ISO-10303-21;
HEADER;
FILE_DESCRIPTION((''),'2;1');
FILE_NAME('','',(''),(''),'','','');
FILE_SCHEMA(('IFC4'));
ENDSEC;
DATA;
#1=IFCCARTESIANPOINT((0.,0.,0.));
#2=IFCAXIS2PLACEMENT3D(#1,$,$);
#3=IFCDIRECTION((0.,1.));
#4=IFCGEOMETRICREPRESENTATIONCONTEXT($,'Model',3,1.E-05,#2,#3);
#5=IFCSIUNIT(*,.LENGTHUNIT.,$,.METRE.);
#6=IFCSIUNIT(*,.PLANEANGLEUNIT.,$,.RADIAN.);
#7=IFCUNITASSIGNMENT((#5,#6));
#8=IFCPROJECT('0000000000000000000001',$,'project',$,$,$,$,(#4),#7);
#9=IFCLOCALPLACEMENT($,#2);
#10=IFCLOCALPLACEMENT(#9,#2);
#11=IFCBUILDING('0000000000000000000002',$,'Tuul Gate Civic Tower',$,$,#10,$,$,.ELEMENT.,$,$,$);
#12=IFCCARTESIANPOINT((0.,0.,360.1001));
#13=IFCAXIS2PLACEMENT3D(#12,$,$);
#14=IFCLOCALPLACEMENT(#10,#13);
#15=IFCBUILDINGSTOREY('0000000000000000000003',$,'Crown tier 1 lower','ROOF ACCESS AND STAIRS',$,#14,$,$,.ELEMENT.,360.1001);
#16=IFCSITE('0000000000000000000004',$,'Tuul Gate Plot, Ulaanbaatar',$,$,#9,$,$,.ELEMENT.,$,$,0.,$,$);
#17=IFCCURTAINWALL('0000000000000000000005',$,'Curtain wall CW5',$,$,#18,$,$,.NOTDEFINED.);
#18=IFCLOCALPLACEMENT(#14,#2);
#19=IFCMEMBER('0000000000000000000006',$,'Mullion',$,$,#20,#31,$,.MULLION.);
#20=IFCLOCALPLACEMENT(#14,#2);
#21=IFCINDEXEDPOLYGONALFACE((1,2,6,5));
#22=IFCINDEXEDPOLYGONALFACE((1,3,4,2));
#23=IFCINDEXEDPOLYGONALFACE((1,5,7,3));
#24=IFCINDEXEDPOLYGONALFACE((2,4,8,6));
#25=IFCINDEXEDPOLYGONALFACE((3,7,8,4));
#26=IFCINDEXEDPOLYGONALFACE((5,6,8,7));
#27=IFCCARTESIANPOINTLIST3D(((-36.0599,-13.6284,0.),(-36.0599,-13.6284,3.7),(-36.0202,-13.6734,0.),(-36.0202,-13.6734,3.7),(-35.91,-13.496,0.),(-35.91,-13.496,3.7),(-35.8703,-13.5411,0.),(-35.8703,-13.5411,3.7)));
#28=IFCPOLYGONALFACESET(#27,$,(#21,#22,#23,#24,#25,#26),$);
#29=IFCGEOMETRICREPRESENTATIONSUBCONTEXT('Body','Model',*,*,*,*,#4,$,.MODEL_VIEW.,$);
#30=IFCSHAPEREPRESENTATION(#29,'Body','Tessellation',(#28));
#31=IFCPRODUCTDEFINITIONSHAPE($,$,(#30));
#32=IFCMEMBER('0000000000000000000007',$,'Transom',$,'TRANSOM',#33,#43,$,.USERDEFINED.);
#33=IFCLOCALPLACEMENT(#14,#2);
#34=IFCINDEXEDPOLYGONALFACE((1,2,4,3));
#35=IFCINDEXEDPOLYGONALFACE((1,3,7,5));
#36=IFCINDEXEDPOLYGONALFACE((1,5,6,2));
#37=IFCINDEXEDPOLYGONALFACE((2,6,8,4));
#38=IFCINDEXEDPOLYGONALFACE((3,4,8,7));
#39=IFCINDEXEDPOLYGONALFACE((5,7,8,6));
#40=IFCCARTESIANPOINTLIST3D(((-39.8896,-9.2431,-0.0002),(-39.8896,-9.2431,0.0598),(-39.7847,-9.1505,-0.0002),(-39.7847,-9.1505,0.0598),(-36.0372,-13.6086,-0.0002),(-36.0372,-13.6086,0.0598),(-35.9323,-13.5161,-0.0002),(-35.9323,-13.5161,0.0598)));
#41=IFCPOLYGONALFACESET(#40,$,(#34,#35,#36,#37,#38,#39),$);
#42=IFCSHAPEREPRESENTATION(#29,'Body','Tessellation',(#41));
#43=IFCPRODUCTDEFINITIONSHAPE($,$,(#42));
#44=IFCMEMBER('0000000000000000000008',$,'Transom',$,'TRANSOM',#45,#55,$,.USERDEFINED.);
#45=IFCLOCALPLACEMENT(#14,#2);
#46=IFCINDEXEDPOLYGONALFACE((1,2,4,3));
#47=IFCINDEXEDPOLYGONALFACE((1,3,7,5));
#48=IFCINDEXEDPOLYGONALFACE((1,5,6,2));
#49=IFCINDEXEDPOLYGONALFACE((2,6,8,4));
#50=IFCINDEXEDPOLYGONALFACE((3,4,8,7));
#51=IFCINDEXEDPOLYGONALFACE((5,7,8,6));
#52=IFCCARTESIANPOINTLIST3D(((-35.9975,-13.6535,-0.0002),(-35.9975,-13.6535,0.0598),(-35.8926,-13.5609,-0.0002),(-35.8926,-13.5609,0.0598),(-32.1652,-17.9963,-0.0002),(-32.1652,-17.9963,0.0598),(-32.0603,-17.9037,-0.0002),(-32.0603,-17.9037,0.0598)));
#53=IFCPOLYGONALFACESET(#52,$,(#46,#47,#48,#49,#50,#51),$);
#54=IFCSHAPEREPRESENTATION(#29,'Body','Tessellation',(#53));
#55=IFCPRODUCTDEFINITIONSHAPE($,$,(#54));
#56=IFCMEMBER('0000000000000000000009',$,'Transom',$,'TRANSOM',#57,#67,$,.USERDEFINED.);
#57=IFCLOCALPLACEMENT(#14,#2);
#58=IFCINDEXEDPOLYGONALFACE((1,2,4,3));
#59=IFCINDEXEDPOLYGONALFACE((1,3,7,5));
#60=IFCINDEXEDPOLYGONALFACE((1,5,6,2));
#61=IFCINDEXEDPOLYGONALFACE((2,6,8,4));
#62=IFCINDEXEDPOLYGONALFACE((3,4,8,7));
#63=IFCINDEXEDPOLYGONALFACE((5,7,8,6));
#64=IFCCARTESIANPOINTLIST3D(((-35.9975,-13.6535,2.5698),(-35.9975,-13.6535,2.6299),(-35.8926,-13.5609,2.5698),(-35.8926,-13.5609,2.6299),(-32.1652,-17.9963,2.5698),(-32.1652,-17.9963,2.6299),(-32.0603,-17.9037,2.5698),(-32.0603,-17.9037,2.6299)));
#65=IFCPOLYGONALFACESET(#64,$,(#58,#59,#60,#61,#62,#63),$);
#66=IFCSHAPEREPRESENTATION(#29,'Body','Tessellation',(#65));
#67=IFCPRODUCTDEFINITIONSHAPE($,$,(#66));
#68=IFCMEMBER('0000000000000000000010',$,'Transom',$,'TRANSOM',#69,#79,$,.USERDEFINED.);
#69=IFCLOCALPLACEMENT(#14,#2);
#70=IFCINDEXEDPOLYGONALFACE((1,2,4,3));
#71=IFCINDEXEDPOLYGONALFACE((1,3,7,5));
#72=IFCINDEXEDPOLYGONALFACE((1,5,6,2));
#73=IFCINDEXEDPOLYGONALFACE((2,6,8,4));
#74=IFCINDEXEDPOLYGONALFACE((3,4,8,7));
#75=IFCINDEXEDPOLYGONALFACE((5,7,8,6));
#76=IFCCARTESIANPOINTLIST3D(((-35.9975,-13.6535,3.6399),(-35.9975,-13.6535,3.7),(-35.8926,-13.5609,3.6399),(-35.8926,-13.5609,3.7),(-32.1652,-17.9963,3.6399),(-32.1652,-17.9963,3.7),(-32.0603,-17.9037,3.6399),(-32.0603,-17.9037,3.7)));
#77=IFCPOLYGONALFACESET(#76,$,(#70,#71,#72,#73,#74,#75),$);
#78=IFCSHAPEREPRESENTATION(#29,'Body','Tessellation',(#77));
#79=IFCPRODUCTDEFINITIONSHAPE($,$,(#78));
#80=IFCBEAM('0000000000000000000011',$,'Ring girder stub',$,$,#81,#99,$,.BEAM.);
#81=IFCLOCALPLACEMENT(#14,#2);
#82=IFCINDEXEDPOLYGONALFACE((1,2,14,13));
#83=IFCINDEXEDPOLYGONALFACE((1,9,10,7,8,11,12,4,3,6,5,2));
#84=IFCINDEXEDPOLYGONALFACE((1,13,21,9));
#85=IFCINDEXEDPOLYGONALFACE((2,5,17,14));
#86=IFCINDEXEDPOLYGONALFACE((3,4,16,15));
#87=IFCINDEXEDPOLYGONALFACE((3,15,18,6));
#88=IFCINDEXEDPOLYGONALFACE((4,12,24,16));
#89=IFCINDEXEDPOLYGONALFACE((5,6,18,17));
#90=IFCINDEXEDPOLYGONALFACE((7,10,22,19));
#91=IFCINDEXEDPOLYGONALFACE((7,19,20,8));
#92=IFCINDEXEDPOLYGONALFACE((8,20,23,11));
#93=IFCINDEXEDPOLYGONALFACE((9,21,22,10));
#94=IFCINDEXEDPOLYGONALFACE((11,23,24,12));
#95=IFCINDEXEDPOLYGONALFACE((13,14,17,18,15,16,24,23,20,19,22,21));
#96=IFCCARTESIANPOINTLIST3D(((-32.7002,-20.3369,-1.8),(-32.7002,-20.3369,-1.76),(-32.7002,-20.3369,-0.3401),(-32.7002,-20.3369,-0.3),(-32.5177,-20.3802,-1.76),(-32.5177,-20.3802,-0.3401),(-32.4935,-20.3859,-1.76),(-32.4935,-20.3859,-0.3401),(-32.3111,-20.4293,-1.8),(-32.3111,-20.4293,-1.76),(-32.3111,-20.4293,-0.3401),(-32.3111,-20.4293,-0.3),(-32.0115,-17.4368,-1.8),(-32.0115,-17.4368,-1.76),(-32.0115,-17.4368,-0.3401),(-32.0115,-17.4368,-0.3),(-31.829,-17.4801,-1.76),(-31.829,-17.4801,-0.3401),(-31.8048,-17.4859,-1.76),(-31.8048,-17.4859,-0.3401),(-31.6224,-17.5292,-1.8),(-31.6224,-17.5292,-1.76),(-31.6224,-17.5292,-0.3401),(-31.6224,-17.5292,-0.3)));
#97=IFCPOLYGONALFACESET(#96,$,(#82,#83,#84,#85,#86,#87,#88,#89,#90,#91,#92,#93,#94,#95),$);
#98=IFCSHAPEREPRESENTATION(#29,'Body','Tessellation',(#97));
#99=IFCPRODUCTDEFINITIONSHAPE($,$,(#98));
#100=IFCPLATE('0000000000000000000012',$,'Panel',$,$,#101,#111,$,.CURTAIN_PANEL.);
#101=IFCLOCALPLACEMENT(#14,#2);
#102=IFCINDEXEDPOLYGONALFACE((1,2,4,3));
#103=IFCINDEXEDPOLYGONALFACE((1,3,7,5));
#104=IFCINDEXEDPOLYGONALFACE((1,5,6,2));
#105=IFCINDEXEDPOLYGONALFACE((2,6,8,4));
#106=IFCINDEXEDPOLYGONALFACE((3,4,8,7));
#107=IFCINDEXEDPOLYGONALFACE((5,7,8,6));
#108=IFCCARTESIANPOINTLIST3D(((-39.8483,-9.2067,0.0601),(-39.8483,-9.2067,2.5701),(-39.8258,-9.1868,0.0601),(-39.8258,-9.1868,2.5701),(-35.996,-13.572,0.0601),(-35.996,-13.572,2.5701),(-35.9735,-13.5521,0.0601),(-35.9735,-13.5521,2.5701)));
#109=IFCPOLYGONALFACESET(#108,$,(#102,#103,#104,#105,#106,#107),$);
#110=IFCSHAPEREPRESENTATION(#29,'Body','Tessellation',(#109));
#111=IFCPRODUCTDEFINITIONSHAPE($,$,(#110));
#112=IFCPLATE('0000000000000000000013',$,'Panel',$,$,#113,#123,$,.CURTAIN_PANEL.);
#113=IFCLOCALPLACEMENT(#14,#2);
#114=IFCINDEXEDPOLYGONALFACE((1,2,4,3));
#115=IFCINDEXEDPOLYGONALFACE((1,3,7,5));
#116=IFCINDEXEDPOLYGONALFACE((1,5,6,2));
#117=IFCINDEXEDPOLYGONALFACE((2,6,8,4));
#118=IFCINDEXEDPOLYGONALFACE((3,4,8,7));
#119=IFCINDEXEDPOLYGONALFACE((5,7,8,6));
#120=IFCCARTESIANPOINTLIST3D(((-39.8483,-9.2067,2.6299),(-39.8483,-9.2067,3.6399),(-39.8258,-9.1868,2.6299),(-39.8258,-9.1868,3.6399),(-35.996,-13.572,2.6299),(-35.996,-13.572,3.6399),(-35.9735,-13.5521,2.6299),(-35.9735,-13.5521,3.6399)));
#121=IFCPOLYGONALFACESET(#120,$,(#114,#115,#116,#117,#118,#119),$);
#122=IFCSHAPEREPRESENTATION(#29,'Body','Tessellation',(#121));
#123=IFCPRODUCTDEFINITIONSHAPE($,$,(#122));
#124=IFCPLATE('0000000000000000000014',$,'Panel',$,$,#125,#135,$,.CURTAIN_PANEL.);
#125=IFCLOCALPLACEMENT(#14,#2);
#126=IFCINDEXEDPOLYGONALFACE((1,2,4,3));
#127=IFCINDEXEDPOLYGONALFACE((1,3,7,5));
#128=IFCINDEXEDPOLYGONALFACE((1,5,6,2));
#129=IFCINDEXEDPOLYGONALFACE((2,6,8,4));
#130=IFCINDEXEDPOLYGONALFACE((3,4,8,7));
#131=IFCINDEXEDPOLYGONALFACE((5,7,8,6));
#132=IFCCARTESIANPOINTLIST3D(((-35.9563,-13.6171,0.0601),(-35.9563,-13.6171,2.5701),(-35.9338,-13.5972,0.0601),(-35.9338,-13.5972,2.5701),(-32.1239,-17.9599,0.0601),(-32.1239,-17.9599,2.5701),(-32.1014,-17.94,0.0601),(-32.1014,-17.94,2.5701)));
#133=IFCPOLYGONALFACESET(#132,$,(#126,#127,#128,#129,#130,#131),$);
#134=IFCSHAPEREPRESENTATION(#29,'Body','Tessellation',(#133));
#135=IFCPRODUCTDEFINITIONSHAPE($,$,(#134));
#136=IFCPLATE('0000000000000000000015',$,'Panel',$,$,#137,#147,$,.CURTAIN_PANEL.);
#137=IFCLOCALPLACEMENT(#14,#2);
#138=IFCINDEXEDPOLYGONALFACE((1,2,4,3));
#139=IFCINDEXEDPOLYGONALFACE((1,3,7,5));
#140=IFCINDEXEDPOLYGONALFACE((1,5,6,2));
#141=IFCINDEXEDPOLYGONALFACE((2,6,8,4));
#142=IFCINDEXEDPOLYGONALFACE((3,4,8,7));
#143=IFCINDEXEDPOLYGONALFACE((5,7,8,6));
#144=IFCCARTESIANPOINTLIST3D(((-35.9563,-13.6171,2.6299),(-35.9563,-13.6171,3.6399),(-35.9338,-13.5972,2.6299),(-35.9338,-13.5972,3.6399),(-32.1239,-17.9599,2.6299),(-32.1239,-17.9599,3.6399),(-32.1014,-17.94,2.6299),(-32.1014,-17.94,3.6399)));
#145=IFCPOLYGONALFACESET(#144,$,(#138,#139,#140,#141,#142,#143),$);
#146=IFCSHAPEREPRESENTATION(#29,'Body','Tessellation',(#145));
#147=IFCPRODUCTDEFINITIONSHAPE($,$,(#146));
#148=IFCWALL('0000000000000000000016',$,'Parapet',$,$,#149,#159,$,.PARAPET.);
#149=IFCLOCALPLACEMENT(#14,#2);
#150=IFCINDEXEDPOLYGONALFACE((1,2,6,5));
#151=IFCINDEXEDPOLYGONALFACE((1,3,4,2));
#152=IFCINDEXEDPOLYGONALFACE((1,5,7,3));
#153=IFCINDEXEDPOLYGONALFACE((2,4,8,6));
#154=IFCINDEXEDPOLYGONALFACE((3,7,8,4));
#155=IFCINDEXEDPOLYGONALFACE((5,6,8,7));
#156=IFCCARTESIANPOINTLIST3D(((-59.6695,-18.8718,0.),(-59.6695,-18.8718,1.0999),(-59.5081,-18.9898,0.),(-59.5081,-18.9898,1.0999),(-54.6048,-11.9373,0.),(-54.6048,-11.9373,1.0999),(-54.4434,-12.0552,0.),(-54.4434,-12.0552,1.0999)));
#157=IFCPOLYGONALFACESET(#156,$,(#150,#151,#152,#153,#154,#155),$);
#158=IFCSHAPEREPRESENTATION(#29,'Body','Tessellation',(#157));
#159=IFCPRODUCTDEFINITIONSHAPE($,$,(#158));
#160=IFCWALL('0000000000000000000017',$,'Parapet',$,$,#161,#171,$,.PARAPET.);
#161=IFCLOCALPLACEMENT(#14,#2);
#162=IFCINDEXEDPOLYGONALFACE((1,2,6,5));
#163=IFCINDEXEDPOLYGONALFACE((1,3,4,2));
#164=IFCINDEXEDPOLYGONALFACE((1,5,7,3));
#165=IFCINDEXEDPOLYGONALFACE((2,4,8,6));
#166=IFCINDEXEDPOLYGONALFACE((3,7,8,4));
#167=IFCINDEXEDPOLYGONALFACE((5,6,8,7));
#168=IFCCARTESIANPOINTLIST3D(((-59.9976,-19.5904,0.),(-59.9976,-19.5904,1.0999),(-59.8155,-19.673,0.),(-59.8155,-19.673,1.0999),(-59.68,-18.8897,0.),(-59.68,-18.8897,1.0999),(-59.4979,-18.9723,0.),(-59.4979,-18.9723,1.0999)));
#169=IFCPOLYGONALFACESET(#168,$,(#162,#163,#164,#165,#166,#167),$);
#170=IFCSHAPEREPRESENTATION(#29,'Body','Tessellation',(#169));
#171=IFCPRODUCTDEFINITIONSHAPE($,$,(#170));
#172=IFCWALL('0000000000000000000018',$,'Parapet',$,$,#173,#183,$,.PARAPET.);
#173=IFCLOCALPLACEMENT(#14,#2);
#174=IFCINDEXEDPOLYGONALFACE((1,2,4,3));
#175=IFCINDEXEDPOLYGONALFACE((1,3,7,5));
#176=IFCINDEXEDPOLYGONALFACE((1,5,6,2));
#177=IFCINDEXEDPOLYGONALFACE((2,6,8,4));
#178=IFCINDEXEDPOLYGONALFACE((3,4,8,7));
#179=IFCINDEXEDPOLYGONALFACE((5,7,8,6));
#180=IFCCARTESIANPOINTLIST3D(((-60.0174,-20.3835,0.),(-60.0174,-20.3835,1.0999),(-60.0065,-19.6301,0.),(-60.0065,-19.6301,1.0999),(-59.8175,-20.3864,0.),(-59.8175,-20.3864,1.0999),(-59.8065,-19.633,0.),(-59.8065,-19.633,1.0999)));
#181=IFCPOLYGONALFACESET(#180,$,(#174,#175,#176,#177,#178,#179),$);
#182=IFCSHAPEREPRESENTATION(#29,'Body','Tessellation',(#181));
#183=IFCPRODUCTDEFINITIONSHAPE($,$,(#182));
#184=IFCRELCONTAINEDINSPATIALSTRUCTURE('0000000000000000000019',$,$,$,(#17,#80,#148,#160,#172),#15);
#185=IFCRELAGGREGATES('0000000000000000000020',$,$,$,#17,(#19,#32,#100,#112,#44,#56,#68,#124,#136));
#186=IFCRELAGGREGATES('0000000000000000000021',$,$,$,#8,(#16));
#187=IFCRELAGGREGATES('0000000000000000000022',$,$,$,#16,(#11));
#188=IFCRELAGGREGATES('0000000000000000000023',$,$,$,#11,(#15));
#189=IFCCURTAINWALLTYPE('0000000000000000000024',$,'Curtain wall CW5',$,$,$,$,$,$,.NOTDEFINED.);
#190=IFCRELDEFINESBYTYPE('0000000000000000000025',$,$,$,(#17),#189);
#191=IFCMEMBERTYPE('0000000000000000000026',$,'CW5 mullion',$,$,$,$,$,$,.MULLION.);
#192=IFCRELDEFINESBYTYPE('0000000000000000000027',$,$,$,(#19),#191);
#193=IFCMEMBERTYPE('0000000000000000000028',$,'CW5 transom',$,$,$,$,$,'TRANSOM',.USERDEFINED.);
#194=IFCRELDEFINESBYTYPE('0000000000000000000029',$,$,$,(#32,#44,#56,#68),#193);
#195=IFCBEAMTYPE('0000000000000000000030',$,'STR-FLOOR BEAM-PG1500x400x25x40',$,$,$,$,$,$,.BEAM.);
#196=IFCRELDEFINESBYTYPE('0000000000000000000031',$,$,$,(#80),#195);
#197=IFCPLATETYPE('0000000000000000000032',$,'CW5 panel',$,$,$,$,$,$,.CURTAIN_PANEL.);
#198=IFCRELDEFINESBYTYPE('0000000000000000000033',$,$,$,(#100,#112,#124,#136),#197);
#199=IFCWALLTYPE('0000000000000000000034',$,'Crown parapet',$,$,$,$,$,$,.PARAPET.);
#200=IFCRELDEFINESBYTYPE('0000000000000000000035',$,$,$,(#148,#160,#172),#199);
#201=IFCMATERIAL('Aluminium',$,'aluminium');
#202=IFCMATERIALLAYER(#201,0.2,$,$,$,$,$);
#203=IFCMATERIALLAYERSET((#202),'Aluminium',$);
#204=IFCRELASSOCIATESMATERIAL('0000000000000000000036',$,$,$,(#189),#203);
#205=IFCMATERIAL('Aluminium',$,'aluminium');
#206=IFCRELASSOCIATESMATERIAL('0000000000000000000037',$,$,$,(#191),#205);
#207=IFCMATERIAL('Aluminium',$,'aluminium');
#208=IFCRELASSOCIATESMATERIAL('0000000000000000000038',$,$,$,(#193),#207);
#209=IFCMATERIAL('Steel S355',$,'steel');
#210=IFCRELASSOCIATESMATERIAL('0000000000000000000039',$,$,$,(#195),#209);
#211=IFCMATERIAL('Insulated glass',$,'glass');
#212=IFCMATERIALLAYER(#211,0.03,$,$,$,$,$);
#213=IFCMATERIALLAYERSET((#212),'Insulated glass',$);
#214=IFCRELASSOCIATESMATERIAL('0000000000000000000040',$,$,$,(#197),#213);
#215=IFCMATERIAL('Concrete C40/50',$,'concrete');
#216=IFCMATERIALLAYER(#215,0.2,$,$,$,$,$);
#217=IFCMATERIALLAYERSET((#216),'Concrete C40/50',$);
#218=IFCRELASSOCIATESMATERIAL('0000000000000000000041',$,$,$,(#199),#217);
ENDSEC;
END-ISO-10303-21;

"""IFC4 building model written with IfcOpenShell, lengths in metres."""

from ifc_helpers import new_model, si_unit, direction, frame, frame_2d, origin, origin_2d, place, context, subcontext, project, spatial, rectangle, i_section, extrude, material, layer, layer_set, material_profile, profile_set, type_object, element, aggregate, save


model = new_model("IFC4")

# Units and contexts
model_context = context("Model", 3, precision=1e-05, world=origin(), true_north=direction((0.0, 1.0)))
body_context = subcontext(model_context, "Body", "Model", "MODEL_VIEW")
ifc_project = project(units=[si_unit("LENGTHUNIT", "METRE"), si_unit("PLANEANGLEUNIT", "RADIAN")], contexts=[model_context])

# Site, building, storey
site_placement = place(None, origin())
site = spatial("IfcSite", under=ifc_project, at=site_placement, Name="Tuul Gate Plot, Ulaanbaatar", CompositionType="ELEMENT", RefElevation=0.0)
building_placement = place(site_placement, origin())
building = spatial("IfcBuilding", under=site, at=building_placement, Name="Tuul Gate Civic Tower", CompositionType="ELEMENT")
storey_placement = place(building_placement, frame((0.0, 0.0, 360.1001)))
storey = spatial("IfcBuildingStorey", under=building, at=storey_placement, Name="Crown tier 1 lower", Description="ROOF ACCESS AND STAIRS", CompositionType="ELEMENT", Elevation=360.1001)

# Curtain wall, members
ifc_material_1 = material(Name="Aluminium", Category="aluminium")
ifc_layer_1 = layer(ifc_material_1, 0.2)
ifc_layer_set_1 = layer_set([ifc_layer_1], Name="Aluminium")
curtain_wall_type = type_object("IfcCurtainWallType", Name="Curtain wall CW5", PredefinedType="NOTDEFINED", material=ifc_layer_set_1)
curtain_wall_placement = place(storey_placement, origin())
curtain_wall = element("IfcCurtainWall", 1, at=curtain_wall_placement, inside=storey, type_object=curtain_wall_type, Name="Curtain wall CW5", PredefinedType="NOTDEFINED")
ifc_material_2 = material(Name="Aluminium", Category="aluminium")
ifc_material_profile_1 = material_profile(ifc_material_2, rectangle(XDim=0.2, YDim=0.0601, at=origin_2d()), Name="CW5 mullion")
ifc_profile_set_1 = profile_set([ifc_material_profile_1], Name="Aluminium")
member_type_1 = type_object("IfcMemberType", Name="CW5 mullion", PredefinedType="MULLION", material=ifc_profile_set_1)
member_1_placement = place(storey_placement, frame((-35.9651, -13.5847, 0.0), z_axis=(0.0, 0.0, 1.0), x_axis=(0.749793, 0.661672, 0.0)))
member_1 = element("IfcMember", 2, at=member_1_placement, type_object=member_type_1, Name="Mullion", PredefinedType="MULLION", context=body_context, shape_type="SweptSolid", body=[
    extrude(rectangle(XDim=0.2, YDim=0.0601, at=origin_2d()), origin(), (0.0, 0.0, 1.0), 3.7),
])
ifc_material_3 = material(Name="Aluminium", Category="aluminium")
ifc_material_profile_2 = material_profile(ifc_material_3, rectangle(XDim=0.1399, YDim=0.0601, at=origin_2d()), Name="CW5 transom")
ifc_profile_set_2 = profile_set([ifc_material_profile_2], Name="Aluminium")
member_type_2 = type_object("IfcMemberType", Name="CW5 transom", ElementType="TRANSOM", PredefinedType="USERDEFINED", material=ifc_profile_set_2)
member_2_placement = place(storey_placement, frame((-39.8372, -9.1968, 0.0298), z_axis=(0.66166, -0.749804, 0.0), x_axis=(0.749804, 0.66166, 0.0)))
member_2 = element("IfcMember", 3, at=member_2_placement, type_object=member_type_2, Name="Transom", ObjectType="TRANSOM", PredefinedType="USERDEFINED", context=body_context, shape_type="SweptSolid", body=[
    extrude(rectangle(XDim=0.1399, YDim=0.0601, at=origin_2d()), origin(), (0.0, 0.0, 1.0), 5.8223),
])
member_3_placement = place(storey_placement, frame((-35.9451, -13.6072, 0.0298), z_axis=(0.661662, -0.749802, 0.0), x_axis=(0.749802, 0.661662, 0.0)))
member_3 = element("IfcMember", 4, at=member_3_placement, type_object=member_type_2, Name="Transom", ObjectType="TRANSOM", PredefinedType="USERDEFINED", context=body_context, shape_type="SweptSolid", body=[
    extrude(rectangle(XDim=0.1399, YDim=0.0601, at=origin_2d()), origin(), (0.0, 0.0, 1.0), 5.792),
])
member_4_placement = place(storey_placement, frame((-35.9451, -13.6072, 2.5999), z_axis=(0.661662, -0.749802, 0.0), x_axis=(0.749802, 0.661662, 0.0)))
member_4 = element("IfcMember", 5, at=member_4_placement, type_object=member_type_2, Name="Transom", ObjectType="TRANSOM", PredefinedType="USERDEFINED", context=body_context, shape_type="SweptSolid", body=[
    extrude(rectangle(XDim=0.1399, YDim=0.0601, at=origin_2d()), origin(), (0.0, 0.0, 1.0), 5.792),
])
member_5_placement = place(storey_placement, frame((-35.9451, -13.6072, 3.6699), z_axis=(0.661662, -0.749802, 0.0), x_axis=(0.749802, 0.661662, 0.0)))
member_5 = element("IfcMember", 6, at=member_5_placement, type_object=member_type_2, Name="Transom", ObjectType="TRANSOM", PredefinedType="USERDEFINED", context=body_context, shape_type="SweptSolid", body=[
    extrude(rectangle(XDim=0.1399, YDim=0.0601, at=origin_2d()), origin(), (0.0, 0.0, 1.0), 5.792),
])

# Beam
ifc_material_4 = material(Name="Steel S355", Category="steel")
ifc_material_profile_3 = material_profile(ifc_material_4, i_section(OverallWidth=0.3999, OverallDepth=1.5, WebThickness=0.0249, FlangeThickness=0.04, at=origin_2d()), Name="PG1500x400x25x40")
ifc_profile_set_3 = profile_set([ifc_material_profile_3], Name="Steel S355")
beam_type = type_object("IfcBeamType", Name="STR-FLOOR BEAM-PG1500x400x25x40", PredefinedType="BEAM", material=ifc_profile_set_3)
beam_placement = place(storey_placement, frame((-32.5056, -20.3831, -1.05), z_axis=(0.231052, 0.972941, 0.0), x_axis=(-0.972941, 0.231052, 0.0)))
element("IfcBeam", 7, at=beam_placement, inside=storey, type_object=beam_type, Name="Ring girder stub", PredefinedType="BEAM", context=body_context, shape_type="SweptSolid", body=[
    extrude(i_section(OverallWidth=0.3999, OverallDepth=1.5, WebThickness=0.0249, FlangeThickness=0.04, at=origin_2d()), origin(), (0.0, 0.0, 1.0), 2.9807),
])

# Plates
ifc_material_5 = material(Name="Insulated glass", Category="glass")
ifc_layer_2 = layer(ifc_material_5, 0.03)
ifc_layer_set_2 = layer_set([ifc_layer_2], Name="Insulated glass")
plate_type = type_object("IfcPlateType", Name="CW5 panel", PredefinedType="CURTAIN_PANEL", material=ifc_layer_set_2)
plate_1_placement = place(storey_placement, frame((-37.9109, -11.3794, 0.0601), z_axis=(0.0, 0.0, 1.0), x_axis=(0.661672, -0.749793, 0.0)))
plate_1 = element("IfcPlate", 8, at=plate_1_placement, type_object=plate_type, Name="Panel", PredefinedType="CURTAIN_PANEL", context=body_context, shape_type="SweptSolid", body=[
    extrude(rectangle(XDim=5.822, YDim=0.03, at=origin_2d()), origin(), (0.0, 0.0, 1.0), 2.51),
])
plate_2_placement = place(storey_placement, frame((-37.9109, -11.3794, 2.6299), z_axis=(0.0, 0.0, 1.0), x_axis=(0.661672, -0.749793, 0.0)))
plate_2 = element("IfcPlate", 9, at=plate_2_placement, type_object=plate_type, Name="Panel", PredefinedType="CURTAIN_PANEL", context=body_context, shape_type="SweptSolid", body=[
    extrude(rectangle(XDim=5.822, YDim=0.03, at=origin_2d()), origin(), (0.0, 0.0, 1.0), 1.01),
])
plate_3_placement = place(storey_placement, frame((-34.0288, -15.7786, 0.0601), z_axis=(0.0, 0.0, 1.0), x_axis=(0.661672, -0.749793, 0.0)))
plate_3 = element("IfcPlate", 10, at=plate_3_placement, type_object=plate_type, Name="Panel", PredefinedType="CURTAIN_PANEL", context=body_context, shape_type="SweptSolid", body=[
    extrude(rectangle(XDim=5.792, YDim=0.03, at=origin_2d()), origin(), (0.0, 0.0, 1.0), 2.51),
])
plate_4_placement = place(storey_placement, frame((-34.0288, -15.7786, 2.6299), z_axis=(0.0, 0.0, 1.0), x_axis=(0.661672, -0.749793, 0.0)))
plate_4 = element("IfcPlate", 11, at=plate_4_placement, type_object=plate_type, Name="Panel", PredefinedType="CURTAIN_PANEL", context=body_context, shape_type="SweptSolid", body=[
    extrude(rectangle(XDim=5.792, YDim=0.03, at=origin_2d()), origin(), (0.0, 0.0, 1.0), 1.01),
])
aggregate(curtain_wall, [member_1, member_2, plate_1, plate_2, member_3, member_4, member_5, plate_3, plate_4])

# Walls
ifc_material_6 = material(Name="Concrete C40/50", Category="concrete")
ifc_layer_3 = layer(ifc_material_6, 0.2)
ifc_layer_set_3 = layer_set([ifc_layer_3], Name="Concrete C40/50")
wall_type_1 = type_object("IfcWallType", Name="Crown parapet", PredefinedType="PARAPET", material=ifc_layer_set_3)
wall_1_placement = place(storey_placement, frame((-54.5242, -11.9963, 0.0), z_axis=(0.0, 0.0, 1.0), x_axis=(-0.589798, -0.80755, 0.0)))
element("IfcWall", 12, at=wall_1_placement, inside=storey, type_object=wall_type_1, Name="Parapet", PredefinedType="PARAPET", context=body_context, shape_type="SweptSolid", body=[
    extrude(rectangle(XDim=8.5872, YDim=0.2, at=frame_2d((4.2935, 0.0))), origin(), (0.0, 0.0, 1.0), 1.0999),
])
wall_2_placement = place(storey_placement, frame((-59.5889, -18.9309, 0.0), z_axis=(0.0, 0.0, 1.0), x_axis=(-0.41287, -0.91079, 0.0)))
element("IfcWall", 13, at=wall_2_placement, inside=storey, type_object=wall_type_1, Name="Parapet", PredefinedType="PARAPET", context=body_context, shape_type="SweptSolid", body=[
    extrude(rectangle(XDim=0.7693, YDim=0.2, at=frame_2d((0.3848, 0.0))), origin(), (0.0, 0.0, 1.0), 1.0999),
])
wall_3_placement = place(storey_placement, frame((-59.9065, -19.6316, 0.0), z_axis=(0.0, 0.0, 1.0), x_axis=(-0.01458, -0.999894, 0.0)))
element("IfcWall", 14, at=wall_3_placement, inside=storey, type_object=wall_type_1, Name="Parapet", PredefinedType="PARAPET", context=body_context, shape_type="SweptSolid", body=[
    extrude(rectangle(XDim=0.7534, YDim=0.2, at=frame_2d((0.3767, 0.0))), origin(), (0.0, 0.0, 1.0), 1.0999),
])

save(model, "model.ifc")
